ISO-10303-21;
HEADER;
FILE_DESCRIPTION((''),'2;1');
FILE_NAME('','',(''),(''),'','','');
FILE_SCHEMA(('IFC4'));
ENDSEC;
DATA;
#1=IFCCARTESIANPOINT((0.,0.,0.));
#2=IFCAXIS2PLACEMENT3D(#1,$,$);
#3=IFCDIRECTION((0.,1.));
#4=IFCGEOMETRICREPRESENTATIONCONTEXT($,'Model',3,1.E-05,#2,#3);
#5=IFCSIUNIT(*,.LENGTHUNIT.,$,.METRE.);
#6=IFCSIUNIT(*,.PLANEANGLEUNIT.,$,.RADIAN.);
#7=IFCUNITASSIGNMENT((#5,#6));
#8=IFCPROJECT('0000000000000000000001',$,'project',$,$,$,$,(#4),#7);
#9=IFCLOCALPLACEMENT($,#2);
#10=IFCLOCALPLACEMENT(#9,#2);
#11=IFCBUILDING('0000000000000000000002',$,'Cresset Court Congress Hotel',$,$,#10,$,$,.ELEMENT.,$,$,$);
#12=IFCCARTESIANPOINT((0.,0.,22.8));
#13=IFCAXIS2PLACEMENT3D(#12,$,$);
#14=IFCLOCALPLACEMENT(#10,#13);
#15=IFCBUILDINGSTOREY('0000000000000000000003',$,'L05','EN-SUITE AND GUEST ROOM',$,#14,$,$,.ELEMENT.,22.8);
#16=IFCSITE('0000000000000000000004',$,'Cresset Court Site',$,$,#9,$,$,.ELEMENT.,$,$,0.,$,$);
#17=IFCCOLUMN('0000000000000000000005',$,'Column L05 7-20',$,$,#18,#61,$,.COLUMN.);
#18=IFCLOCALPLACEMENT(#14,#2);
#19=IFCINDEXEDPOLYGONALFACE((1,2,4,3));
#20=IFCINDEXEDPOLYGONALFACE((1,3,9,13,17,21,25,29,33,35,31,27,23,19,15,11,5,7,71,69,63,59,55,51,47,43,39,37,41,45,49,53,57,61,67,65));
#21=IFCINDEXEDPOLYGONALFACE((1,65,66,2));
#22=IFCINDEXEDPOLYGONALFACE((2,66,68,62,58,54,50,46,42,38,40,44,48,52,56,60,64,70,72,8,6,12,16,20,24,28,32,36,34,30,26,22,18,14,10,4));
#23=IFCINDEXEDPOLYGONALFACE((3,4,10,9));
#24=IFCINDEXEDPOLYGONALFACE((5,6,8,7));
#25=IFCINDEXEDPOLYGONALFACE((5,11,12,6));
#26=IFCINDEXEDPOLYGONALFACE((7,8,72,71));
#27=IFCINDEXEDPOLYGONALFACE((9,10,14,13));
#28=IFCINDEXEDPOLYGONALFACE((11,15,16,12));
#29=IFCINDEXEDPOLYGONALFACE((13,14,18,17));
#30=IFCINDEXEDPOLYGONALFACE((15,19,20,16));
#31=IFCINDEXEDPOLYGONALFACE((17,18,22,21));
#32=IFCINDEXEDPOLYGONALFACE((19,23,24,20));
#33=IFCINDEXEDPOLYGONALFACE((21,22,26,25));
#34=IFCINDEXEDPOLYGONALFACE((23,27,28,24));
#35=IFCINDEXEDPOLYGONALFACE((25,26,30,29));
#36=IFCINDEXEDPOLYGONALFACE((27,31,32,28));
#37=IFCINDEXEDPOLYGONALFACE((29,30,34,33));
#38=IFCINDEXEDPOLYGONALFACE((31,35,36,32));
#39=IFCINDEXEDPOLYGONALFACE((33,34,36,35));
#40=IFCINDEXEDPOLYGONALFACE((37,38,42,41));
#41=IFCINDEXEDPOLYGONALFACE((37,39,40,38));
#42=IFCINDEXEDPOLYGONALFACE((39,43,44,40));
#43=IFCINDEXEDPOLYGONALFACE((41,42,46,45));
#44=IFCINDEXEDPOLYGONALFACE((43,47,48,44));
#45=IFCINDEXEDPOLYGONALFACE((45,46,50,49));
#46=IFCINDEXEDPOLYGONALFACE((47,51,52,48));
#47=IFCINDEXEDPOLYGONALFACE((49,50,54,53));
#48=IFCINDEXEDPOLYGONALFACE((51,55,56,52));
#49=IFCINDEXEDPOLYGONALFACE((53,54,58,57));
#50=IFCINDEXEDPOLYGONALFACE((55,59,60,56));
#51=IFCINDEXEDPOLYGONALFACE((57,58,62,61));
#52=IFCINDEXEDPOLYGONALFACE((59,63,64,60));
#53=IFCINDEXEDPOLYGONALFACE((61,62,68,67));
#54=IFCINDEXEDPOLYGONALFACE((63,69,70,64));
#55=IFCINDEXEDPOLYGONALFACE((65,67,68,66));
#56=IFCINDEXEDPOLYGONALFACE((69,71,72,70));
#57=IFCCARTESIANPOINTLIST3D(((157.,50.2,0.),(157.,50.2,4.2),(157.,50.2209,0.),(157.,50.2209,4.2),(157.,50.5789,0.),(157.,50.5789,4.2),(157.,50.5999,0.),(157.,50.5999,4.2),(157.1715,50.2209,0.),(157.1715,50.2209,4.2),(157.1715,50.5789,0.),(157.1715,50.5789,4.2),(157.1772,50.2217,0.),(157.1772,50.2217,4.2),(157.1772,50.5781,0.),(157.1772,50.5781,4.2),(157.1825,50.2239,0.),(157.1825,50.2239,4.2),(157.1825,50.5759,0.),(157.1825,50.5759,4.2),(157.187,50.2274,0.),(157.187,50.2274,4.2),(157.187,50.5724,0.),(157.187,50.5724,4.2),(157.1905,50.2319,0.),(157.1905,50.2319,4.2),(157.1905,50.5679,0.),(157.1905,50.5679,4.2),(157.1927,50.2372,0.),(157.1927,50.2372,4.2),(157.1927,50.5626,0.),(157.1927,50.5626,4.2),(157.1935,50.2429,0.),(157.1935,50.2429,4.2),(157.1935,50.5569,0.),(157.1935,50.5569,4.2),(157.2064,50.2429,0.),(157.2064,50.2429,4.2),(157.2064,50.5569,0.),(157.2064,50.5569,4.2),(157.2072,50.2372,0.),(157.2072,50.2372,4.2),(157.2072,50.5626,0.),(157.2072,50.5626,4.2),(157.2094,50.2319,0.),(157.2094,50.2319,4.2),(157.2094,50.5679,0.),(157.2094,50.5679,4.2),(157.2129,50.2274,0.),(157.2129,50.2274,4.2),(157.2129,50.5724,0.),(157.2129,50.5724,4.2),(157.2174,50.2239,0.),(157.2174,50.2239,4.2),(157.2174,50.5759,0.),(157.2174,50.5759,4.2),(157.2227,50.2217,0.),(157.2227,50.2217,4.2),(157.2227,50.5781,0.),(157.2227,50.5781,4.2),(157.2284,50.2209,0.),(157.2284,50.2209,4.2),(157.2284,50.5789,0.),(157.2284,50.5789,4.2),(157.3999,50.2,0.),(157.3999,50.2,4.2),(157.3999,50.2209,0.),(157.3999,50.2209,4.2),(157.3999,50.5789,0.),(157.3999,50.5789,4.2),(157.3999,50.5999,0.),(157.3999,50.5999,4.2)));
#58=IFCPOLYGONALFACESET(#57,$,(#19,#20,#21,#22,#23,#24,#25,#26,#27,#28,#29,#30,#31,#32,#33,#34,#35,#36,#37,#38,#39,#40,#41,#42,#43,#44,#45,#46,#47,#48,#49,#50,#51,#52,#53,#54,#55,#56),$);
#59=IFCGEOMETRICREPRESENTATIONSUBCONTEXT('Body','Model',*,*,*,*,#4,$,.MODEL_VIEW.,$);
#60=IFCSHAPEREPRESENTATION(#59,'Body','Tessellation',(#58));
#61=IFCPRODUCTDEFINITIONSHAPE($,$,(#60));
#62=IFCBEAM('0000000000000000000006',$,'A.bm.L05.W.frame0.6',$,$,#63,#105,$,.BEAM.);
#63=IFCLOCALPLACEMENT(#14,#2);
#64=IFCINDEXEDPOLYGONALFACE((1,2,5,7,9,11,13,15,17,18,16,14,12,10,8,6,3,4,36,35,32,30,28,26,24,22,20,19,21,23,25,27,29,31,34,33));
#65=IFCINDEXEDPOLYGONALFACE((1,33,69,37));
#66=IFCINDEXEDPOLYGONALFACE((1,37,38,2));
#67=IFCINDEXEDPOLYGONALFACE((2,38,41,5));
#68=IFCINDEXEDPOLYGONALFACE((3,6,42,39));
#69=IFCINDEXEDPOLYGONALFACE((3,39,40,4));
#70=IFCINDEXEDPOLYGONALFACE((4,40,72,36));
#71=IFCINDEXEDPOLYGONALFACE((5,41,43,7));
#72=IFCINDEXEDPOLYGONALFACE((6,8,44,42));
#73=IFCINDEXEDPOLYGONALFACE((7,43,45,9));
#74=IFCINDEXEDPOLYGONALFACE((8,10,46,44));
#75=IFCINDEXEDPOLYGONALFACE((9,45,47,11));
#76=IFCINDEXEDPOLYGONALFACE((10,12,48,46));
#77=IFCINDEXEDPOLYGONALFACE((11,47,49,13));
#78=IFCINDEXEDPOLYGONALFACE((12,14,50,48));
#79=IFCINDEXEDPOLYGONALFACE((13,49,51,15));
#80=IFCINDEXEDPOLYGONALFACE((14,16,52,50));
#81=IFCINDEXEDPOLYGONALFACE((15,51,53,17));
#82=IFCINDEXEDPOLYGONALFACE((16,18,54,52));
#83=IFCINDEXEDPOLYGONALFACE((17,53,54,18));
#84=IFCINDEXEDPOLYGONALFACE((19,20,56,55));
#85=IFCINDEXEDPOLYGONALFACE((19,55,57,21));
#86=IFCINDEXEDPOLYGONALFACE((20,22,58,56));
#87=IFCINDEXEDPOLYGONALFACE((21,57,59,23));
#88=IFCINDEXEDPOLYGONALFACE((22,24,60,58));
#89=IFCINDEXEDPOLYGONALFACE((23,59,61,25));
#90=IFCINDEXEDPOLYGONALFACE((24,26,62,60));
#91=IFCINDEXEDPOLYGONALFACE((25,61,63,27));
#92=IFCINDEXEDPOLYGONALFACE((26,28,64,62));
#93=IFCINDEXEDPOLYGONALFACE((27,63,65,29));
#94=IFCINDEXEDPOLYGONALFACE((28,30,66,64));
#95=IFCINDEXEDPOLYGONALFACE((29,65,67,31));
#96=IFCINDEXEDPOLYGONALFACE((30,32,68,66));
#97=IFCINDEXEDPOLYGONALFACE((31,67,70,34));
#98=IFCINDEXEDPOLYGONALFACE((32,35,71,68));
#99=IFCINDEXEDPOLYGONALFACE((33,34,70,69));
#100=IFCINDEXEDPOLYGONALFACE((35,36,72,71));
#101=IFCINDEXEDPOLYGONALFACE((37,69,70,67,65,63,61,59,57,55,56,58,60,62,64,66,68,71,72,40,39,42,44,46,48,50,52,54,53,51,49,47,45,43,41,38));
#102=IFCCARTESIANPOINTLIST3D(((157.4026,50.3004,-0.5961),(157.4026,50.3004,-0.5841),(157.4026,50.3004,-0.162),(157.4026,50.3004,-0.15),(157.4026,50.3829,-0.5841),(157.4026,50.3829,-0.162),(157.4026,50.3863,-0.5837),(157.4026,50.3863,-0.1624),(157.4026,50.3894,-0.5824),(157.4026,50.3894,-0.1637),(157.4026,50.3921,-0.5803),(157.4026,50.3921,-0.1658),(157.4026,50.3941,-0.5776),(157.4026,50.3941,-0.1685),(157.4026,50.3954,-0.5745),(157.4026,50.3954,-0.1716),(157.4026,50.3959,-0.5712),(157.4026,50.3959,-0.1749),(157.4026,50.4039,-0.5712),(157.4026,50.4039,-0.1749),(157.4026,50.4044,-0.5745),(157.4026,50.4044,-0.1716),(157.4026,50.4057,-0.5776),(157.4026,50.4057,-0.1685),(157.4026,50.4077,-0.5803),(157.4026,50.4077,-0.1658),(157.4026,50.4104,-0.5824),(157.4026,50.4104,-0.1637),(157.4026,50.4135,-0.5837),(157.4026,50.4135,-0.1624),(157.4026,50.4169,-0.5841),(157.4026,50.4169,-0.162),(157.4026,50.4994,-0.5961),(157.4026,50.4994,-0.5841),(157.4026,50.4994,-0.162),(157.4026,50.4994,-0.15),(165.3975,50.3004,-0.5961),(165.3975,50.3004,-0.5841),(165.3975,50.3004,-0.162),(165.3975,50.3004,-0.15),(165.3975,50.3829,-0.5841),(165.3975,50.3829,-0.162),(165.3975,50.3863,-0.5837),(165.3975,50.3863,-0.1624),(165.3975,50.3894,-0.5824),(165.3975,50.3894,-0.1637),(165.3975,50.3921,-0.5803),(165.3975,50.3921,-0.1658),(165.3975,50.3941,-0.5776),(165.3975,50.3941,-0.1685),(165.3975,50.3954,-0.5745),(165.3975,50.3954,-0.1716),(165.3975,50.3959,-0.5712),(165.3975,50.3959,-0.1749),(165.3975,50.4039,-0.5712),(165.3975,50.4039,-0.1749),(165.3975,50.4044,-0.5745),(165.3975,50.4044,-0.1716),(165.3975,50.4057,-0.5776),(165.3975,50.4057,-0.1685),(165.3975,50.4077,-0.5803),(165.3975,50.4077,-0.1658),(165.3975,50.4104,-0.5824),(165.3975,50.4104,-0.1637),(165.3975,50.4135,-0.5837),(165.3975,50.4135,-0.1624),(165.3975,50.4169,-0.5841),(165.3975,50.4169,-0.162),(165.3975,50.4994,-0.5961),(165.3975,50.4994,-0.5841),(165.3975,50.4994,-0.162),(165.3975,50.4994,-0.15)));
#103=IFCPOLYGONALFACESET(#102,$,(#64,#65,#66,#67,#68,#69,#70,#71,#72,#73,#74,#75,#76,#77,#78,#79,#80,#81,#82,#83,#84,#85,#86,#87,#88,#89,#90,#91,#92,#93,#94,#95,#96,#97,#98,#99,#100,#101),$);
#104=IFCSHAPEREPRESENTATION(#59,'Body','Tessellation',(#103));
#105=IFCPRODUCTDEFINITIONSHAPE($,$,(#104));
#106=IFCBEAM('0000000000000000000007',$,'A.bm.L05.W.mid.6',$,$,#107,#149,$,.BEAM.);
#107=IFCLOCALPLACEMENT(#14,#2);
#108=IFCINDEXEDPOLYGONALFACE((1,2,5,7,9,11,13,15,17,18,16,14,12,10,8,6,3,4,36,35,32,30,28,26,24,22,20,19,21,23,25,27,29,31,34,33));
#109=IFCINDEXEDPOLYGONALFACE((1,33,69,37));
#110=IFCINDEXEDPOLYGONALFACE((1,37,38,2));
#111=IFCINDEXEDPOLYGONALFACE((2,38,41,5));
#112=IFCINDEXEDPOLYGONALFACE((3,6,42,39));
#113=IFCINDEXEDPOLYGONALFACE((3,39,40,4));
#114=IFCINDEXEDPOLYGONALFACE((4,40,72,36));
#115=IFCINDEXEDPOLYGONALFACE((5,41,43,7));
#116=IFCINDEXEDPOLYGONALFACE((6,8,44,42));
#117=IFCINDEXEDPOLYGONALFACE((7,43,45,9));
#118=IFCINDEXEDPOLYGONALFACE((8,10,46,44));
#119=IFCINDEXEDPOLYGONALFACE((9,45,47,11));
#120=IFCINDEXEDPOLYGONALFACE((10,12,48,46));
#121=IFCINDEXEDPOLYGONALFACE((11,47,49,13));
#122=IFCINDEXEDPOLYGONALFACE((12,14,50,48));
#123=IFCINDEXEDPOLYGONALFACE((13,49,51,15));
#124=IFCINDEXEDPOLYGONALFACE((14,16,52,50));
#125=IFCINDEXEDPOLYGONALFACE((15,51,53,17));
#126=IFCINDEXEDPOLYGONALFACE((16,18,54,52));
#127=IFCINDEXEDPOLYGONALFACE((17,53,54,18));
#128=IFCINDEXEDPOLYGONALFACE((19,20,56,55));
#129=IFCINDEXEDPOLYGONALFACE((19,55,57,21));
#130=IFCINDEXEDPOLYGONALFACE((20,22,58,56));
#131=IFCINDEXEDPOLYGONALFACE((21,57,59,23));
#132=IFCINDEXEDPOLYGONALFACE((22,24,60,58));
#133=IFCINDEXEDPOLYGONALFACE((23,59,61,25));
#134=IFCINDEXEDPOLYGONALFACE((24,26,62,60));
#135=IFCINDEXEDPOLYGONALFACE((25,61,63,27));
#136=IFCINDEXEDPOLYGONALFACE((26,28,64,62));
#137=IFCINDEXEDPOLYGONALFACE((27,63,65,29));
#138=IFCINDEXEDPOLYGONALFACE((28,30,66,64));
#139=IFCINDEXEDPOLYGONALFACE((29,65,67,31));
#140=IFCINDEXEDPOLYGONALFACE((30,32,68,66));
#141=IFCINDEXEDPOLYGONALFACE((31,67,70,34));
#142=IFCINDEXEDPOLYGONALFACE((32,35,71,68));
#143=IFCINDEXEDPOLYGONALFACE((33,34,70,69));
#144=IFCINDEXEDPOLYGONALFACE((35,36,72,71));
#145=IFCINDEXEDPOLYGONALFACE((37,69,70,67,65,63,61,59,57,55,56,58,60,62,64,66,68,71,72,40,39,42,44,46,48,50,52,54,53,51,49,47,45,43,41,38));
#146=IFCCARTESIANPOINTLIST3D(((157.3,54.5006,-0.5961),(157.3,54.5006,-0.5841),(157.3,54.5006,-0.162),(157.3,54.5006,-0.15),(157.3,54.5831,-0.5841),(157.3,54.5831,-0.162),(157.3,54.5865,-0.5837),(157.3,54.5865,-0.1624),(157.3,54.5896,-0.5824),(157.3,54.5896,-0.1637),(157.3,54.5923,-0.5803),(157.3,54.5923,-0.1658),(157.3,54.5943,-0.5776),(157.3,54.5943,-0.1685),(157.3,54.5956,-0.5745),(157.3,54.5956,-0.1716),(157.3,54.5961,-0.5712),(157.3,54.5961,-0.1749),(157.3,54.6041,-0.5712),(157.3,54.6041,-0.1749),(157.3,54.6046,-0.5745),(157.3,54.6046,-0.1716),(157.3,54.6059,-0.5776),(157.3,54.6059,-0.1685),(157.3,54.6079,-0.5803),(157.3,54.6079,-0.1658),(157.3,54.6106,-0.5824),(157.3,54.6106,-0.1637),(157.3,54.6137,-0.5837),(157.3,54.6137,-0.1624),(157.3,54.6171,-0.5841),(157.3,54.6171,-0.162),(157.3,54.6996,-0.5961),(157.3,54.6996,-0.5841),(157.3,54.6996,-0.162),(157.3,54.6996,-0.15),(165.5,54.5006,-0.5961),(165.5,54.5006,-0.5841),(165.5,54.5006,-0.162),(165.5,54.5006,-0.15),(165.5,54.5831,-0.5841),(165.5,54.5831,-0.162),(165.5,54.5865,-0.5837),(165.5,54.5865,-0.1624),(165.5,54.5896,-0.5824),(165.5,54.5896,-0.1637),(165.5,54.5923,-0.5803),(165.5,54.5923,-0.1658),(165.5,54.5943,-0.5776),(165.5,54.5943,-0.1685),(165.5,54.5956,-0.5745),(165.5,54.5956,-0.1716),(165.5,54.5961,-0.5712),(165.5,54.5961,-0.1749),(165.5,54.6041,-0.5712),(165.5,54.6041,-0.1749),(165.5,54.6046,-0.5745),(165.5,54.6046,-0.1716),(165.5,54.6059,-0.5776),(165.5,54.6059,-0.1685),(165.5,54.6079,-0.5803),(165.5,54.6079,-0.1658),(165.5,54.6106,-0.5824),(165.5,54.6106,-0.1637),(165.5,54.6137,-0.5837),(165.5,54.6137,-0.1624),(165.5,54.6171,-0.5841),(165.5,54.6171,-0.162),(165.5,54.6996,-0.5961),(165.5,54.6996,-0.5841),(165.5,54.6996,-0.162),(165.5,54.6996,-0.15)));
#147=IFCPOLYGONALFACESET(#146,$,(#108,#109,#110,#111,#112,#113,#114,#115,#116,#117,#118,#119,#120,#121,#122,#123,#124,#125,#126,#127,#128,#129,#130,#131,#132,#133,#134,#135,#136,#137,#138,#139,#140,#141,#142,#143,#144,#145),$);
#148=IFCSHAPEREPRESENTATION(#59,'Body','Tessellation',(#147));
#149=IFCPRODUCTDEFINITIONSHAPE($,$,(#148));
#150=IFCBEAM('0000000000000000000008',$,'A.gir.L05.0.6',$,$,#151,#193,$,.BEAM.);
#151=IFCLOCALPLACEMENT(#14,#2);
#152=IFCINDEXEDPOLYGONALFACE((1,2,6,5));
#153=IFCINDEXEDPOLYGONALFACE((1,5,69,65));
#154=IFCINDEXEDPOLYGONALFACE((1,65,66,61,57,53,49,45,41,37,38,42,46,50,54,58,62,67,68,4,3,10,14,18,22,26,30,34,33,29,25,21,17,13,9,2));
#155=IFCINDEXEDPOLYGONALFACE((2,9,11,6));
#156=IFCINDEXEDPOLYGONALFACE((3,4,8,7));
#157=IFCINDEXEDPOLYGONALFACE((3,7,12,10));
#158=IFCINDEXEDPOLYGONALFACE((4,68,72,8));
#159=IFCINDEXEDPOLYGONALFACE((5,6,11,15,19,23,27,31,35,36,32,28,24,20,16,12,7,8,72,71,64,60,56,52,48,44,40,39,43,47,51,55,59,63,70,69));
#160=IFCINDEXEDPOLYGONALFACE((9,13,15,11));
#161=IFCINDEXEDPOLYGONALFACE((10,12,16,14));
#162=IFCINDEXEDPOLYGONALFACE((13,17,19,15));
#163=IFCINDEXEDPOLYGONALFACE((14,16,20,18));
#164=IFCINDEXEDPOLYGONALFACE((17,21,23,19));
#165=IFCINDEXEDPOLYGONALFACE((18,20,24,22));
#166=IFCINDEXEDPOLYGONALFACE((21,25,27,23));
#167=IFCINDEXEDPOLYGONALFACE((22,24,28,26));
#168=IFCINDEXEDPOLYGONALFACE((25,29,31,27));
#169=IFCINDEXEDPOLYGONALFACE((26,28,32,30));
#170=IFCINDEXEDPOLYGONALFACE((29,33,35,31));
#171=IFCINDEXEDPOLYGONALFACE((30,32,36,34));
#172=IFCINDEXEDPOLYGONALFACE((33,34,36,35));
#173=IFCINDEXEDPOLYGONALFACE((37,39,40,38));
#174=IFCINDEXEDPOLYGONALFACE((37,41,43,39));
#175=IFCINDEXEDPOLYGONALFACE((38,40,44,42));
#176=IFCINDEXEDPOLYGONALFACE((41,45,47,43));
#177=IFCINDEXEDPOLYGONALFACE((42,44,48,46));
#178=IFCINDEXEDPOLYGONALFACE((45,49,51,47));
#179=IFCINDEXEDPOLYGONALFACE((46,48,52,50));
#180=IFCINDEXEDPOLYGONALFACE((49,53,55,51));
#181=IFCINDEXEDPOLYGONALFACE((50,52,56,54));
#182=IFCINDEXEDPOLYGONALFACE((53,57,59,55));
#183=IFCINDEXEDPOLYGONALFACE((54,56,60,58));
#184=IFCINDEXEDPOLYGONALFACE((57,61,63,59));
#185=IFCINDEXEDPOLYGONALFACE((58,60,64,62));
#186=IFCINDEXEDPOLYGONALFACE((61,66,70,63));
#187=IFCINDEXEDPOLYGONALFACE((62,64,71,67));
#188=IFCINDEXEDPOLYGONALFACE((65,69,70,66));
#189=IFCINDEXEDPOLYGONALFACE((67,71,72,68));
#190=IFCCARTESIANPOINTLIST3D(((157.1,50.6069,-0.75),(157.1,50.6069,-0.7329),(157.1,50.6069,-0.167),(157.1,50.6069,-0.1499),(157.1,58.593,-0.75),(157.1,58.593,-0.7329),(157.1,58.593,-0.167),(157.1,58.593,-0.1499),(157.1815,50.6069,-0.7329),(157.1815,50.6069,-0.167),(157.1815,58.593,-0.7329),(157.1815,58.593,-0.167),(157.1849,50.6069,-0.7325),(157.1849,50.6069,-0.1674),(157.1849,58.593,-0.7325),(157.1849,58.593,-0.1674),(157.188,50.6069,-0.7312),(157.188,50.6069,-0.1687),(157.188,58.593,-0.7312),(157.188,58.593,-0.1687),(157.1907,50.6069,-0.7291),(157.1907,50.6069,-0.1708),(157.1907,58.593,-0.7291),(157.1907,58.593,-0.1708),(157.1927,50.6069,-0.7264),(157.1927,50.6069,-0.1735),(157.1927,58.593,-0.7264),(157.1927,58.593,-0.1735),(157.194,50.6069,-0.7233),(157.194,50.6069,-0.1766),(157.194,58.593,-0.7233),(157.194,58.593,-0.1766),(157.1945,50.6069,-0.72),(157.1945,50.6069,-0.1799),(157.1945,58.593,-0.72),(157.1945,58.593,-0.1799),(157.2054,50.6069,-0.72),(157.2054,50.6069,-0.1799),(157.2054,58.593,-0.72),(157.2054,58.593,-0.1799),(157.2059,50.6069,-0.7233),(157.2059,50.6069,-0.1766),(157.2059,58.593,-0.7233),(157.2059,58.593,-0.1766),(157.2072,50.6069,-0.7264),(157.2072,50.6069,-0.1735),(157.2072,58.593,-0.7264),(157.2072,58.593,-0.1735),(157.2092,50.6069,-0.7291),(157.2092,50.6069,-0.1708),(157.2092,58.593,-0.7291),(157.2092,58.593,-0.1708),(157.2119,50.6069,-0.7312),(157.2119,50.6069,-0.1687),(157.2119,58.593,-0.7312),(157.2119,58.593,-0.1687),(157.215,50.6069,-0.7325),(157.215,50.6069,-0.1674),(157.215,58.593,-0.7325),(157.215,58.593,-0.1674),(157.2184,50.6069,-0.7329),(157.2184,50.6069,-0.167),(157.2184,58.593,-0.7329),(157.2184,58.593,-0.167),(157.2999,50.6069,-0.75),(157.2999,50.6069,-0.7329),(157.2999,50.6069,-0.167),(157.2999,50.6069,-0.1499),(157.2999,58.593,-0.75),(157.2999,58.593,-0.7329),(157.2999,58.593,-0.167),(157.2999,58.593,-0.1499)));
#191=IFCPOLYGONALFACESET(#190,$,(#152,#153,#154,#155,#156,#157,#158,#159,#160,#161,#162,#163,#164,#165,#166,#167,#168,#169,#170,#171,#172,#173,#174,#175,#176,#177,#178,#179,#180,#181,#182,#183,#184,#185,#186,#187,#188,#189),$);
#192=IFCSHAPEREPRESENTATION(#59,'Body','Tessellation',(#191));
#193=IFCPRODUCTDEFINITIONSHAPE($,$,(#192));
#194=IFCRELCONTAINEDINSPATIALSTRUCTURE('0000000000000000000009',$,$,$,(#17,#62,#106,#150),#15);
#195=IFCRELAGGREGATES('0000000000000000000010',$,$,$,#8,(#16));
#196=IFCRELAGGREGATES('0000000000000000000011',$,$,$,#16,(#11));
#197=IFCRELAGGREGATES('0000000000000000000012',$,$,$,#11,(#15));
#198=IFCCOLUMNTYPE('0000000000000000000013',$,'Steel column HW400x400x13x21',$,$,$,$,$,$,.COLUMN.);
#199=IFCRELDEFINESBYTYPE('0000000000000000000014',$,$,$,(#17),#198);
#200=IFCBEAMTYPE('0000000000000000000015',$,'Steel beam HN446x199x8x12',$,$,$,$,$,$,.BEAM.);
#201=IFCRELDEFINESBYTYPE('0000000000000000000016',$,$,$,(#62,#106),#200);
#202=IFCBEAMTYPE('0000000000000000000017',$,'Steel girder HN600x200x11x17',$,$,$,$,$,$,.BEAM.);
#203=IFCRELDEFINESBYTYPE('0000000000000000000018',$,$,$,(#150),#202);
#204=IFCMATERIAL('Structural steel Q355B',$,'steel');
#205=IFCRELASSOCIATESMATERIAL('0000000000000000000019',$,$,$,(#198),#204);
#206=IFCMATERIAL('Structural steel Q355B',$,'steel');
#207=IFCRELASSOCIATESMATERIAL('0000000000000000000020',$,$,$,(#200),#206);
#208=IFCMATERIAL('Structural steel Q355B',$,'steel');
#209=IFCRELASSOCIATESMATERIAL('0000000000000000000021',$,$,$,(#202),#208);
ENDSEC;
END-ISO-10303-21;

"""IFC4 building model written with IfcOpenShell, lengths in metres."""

from ifc_helpers import new_model, si_unit, direction, frame, origin, origin_2d, place, context, subcontext, project, spatial, i_section, extrude, material, material_profile, profile_set, type_object, element, save


model = new_model("IFC4")

# Units and contexts
model_context = context("Model", 3, precision=1e-05, world=origin(), true_north=direction((0.0, 1.0)))
body_context = subcontext(model_context, "Body", "Model", "MODEL_VIEW")
ifc_project = project(units=[si_unit("LENGTHUNIT", "METRE"), si_unit("PLANEANGLEUNIT", "RADIAN")], contexts=[model_context])

# Site, building, storey
site_placement = place(None, origin())
site = spatial("IfcSite", under=ifc_project, at=site_placement, Name="Cresset Court Site", CompositionType="ELEMENT", RefElevation=0.0)
building_placement = place(site_placement, origin())
building = spatial("IfcBuilding", under=site, at=building_placement, Name="Cresset Court Congress Hotel", CompositionType="ELEMENT")
storey_placement = place(building_placement, frame((0.0, 0.0, 22.8)))
storey = spatial("IfcBuildingStorey", under=building, at=storey_placement, Name="L05", Description="EN-SUITE AND GUEST ROOM", CompositionType="ELEMENT", Elevation=22.8)

# Column
ifc_material_1 = material(Name="Structural steel Q355B", Category="steel")
ifc_material_profile_1 = material_profile(ifc_material_1, i_section(OverallWidth=0.3999, OverallDepth=0.3999, WebThickness=0.0129, FlangeThickness=0.021, FilletRadius=0.022, at=origin_2d()), Name="HW400x400x13x21")
ifc_profile_set_1 = profile_set([ifc_material_profile_1], Name="Structural steel Q355B")
column_type = type_object("IfcColumnType", Name="Steel column HW400x400x13x21", PredefinedType="COLUMN", material=ifc_profile_set_1)
column_placement = place(storey_placement, frame((157.2, 50.3999, 0.0), z_axis=(0.0, 0.0, 1.0), x_axis=(1.0, 0.0, 0.0)))
element("IfcColumn", 1, at=column_placement, inside=storey, type_object=column_type, Name="Column L05 7-20", PredefinedType="COLUMN", context=body_context, shape_type="SweptSolid", body=[
    extrude(i_section(OverallWidth=0.3999, OverallDepth=0.3999, WebThickness=0.0129, FlangeThickness=0.021, FilletRadius=0.022, at=origin_2d()), origin(), (0.0, 0.0, 1.0), 4.2),
])

# Beams
ifc_material_2 = material(Name="Structural steel Q355B", Category="steel")
ifc_material_profile_2 = material_profile(ifc_material_2, i_section(OverallWidth=0.199, OverallDepth=0.446, WebThickness=0.0081, FlangeThickness=0.012, FilletRadius=0.0129, at=origin_2d()), Name="HN446x199x8x12")
ifc_profile_set_2 = profile_set([ifc_material_profile_2], Name="Structural steel Q355B")
beam_type_1 = type_object("IfcBeamType", Name="Steel beam HN446x199x8x12", PredefinedType="BEAM", material=ifc_profile_set_2)
beam_1_placement = place(storey_placement, frame((157.4026, 50.3999, -0.373), z_axis=(1.0, 0.0, 0.0), x_axis=(0.0, 1.0, 0.0)))
element("IfcBeam", 2, at=beam_1_placement, inside=storey, type_object=beam_type_1, Name="A.bm.L05.W.frame0.6", PredefinedType="BEAM", context=body_context, shape_type="SweptSolid", body=[
    extrude(i_section(OverallWidth=0.199, OverallDepth=0.446, WebThickness=0.0081, FlangeThickness=0.012, FilletRadius=0.0129, at=origin_2d()), origin(), (0.0, 0.0, 1.0), 7.9949),
])
beam_2_placement = place(storey_placement, frame((157.3, 54.6001, -0.373), z_axis=(1.0, 0.0, 0.0), x_axis=(0.0, 1.0, 0.0)))
element("IfcBeam", 3, at=beam_2_placement, inside=storey, type_object=beam_type_1, Name="A.bm.L05.W.mid.6", PredefinedType="BEAM", context=body_context, shape_type="SweptSolid", body=[
    extrude(i_section(OverallWidth=0.199, OverallDepth=0.446, WebThickness=0.0081, FlangeThickness=0.012, FilletRadius=0.0129, at=origin_2d()), origin(), (0.0, 0.0, 1.0), 8.2),
])
ifc_material_3 = material(Name="Structural steel Q355B", Category="steel")
ifc_material_profile_3 = material_profile(ifc_material_3, i_section(OverallWidth=0.2, OverallDepth=0.6001, WebThickness=0.011, FlangeThickness=0.0171, FilletRadius=0.0129, at=origin_2d()), Name="HN600x200x11x17")
ifc_profile_set_3 = profile_set([ifc_material_profile_3], Name="Structural steel Q355B")
beam_type_2 = type_object("IfcBeamType", Name="Steel girder HN600x200x11x17", PredefinedType="BEAM", material=ifc_profile_set_3)
beam_3_placement = place(storey_placement, frame((157.2, 50.6069, -0.45), z_axis=(0.0, 1.0, 0.0), x_axis=(-1.0, 0.0, 0.0)))
element("IfcBeam", 4, at=beam_3_placement, inside=storey, type_object=beam_type_2, Name="A.gir.L05.0.6", PredefinedType="BEAM", context=body_context, shape_type="SweptSolid", body=[
    extrude(i_section(OverallWidth=0.2, OverallDepth=0.6001, WebThickness=0.011, FlangeThickness=0.0171, FilletRadius=0.0129, at=origin_2d()), origin(), (0.0, 0.0, 1.0), 7.9861),
])

save(model, "model.ifc")
